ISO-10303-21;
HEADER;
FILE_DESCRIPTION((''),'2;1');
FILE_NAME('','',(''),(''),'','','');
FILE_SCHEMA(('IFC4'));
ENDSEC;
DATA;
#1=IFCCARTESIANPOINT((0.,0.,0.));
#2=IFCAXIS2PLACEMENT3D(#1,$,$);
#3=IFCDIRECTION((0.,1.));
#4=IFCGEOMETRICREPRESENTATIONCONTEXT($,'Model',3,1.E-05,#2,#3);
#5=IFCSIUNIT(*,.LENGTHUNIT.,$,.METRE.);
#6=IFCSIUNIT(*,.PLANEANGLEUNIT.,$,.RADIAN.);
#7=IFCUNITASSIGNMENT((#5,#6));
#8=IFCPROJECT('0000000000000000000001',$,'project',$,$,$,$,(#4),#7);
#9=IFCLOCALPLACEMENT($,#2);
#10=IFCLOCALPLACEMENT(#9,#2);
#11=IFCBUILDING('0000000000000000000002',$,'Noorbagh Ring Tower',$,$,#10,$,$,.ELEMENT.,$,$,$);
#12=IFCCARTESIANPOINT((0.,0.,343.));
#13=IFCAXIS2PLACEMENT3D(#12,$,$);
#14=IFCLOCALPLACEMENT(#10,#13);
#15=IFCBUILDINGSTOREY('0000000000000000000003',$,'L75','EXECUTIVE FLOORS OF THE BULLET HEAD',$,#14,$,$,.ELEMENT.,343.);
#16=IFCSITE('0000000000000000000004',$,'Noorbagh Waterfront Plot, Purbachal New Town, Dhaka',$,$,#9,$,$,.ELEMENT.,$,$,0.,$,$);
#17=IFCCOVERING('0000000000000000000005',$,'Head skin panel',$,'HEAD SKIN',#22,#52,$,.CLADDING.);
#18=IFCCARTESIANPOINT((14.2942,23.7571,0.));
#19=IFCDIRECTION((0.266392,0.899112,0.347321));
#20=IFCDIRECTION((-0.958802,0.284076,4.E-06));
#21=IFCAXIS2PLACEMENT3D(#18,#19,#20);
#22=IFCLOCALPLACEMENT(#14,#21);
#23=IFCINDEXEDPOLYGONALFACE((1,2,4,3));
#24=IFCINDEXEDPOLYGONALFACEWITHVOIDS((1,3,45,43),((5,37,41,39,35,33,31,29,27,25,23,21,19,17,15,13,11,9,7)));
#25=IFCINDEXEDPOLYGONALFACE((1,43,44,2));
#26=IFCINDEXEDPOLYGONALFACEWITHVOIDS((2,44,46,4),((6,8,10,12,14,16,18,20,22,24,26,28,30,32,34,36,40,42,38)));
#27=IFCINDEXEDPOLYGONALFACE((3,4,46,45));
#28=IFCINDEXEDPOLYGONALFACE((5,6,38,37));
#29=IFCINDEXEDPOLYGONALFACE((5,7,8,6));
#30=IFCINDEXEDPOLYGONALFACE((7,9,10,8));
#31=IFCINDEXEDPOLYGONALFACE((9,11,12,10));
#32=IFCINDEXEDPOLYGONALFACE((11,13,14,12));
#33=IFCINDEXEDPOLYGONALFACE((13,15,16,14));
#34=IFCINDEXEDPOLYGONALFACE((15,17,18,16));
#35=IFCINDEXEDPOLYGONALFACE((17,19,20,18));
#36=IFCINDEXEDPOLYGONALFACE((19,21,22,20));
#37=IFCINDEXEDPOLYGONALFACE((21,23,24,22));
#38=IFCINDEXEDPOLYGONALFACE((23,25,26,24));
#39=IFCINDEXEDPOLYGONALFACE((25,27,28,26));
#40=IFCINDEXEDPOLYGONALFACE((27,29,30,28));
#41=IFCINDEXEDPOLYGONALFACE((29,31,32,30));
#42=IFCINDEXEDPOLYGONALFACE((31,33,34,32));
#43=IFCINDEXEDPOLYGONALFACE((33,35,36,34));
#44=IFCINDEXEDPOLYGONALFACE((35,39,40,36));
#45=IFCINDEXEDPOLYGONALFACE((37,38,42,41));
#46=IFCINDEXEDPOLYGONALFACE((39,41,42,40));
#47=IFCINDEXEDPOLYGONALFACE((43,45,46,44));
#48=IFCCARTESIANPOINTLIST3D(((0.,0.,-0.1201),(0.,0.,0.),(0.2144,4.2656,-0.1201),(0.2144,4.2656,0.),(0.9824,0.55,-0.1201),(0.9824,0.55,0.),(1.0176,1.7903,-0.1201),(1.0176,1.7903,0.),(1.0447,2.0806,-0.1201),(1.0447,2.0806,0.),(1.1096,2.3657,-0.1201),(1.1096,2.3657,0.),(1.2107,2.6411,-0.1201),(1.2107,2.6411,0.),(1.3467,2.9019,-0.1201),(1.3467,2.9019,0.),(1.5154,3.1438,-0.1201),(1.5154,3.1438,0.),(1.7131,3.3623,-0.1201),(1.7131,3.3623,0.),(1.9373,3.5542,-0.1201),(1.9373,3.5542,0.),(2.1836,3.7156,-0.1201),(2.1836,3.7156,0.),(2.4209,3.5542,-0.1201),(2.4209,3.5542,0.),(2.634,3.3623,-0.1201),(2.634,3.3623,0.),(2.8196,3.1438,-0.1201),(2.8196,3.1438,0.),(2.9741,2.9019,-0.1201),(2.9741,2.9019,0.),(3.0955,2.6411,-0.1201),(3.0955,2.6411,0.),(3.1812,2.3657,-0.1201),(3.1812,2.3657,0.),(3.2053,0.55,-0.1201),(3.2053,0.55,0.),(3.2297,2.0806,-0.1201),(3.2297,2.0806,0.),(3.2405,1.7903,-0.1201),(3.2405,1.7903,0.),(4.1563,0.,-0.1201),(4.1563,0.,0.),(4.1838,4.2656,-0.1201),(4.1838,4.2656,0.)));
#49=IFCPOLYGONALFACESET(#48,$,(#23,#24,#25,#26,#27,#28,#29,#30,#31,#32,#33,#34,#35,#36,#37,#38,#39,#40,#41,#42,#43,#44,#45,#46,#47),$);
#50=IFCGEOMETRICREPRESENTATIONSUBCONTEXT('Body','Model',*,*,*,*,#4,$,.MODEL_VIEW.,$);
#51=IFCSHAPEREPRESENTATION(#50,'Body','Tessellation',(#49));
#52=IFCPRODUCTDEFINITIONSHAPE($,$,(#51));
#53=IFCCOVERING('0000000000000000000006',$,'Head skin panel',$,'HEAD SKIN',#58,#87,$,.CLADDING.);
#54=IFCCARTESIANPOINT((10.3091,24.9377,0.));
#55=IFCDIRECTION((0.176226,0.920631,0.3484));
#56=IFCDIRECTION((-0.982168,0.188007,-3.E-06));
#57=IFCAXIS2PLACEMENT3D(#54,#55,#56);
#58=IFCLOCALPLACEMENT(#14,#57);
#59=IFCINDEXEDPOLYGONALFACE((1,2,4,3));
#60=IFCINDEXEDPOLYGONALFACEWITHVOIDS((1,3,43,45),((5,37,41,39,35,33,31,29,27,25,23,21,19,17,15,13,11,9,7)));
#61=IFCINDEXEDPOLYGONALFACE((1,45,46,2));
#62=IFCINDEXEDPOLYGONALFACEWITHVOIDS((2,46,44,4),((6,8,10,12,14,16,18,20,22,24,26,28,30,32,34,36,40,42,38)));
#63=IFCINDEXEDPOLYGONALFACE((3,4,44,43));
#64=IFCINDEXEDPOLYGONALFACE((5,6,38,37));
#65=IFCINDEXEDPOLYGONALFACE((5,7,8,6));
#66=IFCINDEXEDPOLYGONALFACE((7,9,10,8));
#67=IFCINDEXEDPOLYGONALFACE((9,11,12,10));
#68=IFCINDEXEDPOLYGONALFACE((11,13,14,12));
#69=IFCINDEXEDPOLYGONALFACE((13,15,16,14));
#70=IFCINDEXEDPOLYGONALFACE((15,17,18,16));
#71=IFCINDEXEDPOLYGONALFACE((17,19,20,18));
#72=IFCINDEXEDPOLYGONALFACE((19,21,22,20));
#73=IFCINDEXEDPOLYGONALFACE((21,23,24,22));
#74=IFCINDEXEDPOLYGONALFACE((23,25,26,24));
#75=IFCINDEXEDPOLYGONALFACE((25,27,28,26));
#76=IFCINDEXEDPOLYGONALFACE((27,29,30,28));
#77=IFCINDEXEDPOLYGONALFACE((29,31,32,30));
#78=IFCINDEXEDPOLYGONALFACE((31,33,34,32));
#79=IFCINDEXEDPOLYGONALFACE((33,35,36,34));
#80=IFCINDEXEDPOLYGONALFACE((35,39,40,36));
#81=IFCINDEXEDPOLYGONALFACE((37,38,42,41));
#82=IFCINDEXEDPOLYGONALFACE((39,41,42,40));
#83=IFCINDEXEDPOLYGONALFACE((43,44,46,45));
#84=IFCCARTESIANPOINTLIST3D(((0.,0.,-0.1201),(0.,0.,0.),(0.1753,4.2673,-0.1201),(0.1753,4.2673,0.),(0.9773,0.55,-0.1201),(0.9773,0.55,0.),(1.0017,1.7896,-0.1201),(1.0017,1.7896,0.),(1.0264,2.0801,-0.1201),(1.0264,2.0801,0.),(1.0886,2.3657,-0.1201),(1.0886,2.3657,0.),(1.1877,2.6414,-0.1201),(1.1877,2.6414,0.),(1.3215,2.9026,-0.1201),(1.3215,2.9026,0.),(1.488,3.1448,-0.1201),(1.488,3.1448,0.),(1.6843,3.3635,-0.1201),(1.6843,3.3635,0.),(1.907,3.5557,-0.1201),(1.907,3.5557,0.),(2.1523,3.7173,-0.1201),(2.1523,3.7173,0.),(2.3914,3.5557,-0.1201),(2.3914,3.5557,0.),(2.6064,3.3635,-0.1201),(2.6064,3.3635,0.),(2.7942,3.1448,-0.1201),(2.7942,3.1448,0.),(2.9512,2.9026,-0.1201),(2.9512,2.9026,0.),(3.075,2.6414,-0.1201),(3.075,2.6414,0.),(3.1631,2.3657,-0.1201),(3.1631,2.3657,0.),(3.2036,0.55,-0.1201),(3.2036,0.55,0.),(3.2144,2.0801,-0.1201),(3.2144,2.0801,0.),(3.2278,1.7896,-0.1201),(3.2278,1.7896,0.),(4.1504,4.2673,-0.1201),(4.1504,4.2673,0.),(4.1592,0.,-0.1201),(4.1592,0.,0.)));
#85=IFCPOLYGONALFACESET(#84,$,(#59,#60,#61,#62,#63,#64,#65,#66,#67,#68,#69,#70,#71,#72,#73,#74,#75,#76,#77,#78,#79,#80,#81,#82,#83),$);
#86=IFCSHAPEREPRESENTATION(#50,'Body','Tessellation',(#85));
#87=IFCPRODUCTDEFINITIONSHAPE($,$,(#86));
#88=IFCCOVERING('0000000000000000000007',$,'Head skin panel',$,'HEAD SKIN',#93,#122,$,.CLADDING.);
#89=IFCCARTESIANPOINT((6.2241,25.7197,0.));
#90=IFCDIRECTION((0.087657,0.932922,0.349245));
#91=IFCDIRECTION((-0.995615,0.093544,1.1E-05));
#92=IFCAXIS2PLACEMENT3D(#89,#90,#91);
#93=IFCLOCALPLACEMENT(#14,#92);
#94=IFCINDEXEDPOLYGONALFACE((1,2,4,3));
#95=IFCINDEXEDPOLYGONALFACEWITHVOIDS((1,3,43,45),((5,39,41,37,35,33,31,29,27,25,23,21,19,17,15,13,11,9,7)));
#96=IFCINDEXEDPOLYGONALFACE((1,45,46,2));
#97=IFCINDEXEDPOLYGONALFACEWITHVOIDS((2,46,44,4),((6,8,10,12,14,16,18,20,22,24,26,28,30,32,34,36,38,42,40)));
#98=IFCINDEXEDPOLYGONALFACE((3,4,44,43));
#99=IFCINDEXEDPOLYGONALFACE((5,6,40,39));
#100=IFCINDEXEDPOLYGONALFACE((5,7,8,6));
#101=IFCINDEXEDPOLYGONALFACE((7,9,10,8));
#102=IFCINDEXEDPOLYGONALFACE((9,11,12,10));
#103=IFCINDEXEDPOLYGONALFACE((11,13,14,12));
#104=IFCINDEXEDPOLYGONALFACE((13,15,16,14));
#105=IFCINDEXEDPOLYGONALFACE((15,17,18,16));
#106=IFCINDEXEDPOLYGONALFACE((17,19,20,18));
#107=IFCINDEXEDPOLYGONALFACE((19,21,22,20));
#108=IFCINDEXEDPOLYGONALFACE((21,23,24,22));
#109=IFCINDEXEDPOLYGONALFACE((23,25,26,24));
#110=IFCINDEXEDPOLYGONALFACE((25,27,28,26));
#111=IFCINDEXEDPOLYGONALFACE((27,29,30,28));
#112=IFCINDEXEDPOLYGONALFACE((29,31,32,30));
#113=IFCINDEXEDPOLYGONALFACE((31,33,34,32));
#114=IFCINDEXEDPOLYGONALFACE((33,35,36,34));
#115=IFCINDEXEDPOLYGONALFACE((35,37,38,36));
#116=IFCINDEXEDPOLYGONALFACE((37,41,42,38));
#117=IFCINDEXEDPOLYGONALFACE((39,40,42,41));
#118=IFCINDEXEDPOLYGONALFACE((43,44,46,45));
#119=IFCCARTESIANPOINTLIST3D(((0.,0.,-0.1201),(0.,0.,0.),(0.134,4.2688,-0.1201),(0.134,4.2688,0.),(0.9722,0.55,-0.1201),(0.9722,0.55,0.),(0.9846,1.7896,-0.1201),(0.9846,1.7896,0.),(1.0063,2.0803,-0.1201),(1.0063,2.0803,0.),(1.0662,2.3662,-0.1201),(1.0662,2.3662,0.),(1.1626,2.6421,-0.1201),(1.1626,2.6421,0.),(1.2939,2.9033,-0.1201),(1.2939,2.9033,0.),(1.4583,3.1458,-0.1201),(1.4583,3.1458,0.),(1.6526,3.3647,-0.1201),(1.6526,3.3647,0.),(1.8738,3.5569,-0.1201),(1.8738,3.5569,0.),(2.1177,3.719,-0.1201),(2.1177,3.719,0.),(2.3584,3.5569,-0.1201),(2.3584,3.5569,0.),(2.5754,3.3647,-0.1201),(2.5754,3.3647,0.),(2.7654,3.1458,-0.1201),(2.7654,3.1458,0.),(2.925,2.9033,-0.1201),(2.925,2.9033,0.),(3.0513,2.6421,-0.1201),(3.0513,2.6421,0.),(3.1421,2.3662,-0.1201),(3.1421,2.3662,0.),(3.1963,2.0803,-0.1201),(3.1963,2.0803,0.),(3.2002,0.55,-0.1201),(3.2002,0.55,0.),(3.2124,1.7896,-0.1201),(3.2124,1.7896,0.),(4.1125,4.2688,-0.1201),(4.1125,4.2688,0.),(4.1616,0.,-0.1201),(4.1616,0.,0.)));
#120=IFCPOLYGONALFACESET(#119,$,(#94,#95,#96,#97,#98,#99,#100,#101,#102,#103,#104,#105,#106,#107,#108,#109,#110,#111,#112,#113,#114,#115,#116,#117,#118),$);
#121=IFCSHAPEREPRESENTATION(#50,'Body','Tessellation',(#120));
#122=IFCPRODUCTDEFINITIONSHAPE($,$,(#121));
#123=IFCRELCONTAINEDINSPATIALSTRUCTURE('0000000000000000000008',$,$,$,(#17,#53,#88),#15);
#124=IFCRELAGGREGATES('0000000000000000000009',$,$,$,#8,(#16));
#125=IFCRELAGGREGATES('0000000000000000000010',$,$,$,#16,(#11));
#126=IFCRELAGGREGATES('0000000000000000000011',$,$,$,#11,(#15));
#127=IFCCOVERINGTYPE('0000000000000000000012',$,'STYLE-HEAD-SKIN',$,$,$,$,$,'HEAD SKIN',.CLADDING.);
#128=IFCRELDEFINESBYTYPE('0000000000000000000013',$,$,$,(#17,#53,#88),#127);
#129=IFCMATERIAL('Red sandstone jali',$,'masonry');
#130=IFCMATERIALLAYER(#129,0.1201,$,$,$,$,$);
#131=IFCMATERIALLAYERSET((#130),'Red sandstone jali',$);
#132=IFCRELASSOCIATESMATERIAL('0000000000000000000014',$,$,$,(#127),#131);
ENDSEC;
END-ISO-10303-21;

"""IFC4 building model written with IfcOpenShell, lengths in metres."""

from ifc_helpers import new_model, si_unit, direction, frame, origin, place, context, subcontext, project, spatial, polyline, outline, extrude, material, layer, layer_set, type_object, element, save


model = new_model("IFC4")

# Units and contexts
model_context = context("Model", 3, precision=1e-05, world=origin(), true_north=direction((0.0, 1.0)))
body_context = subcontext(model_context, "Body", "Model", "MODEL_VIEW")
ifc_project = project(units=[si_unit("LENGTHUNIT", "METRE"), si_unit("PLANEANGLEUNIT", "RADIAN")], contexts=[model_context])

# Site, building, storey
site_placement = place(None, origin())
site = spatial("IfcSite", under=ifc_project, at=site_placement, Name="Noorbagh Waterfront Plot, Purbachal New Town, Dhaka", CompositionType="ELEMENT", RefElevation=0.0)
building_placement = place(site_placement, origin())
building = spatial("IfcBuilding", under=site, at=building_placement, Name="Noorbagh Ring Tower", CompositionType="ELEMENT")
storey_placement = place(building_placement, frame((0.0, 0.0, 343.0)))
storey = spatial("IfcBuildingStorey", under=building, at=storey_placement, Name="L75", Description="EXECUTIVE FLOORS OF THE BULLET HEAD", CompositionType="ELEMENT", Elevation=343.0)

# Coverings
ifc_material_1 = material(Name="Red sandstone jali", Category="masonry")
ifc_layer_1 = layer(ifc_material_1, 0.1201)
ifc_layer_set_1 = layer_set([ifc_layer_1], Name="Red sandstone jali")
covering_type_1 = type_object("IfcCoveringType", Name="STYLE-HEAD-SKIN", ElementType="HEAD SKIN", PredefinedType="CLADDING", material=ifc_layer_set_1)
covering_1_placement = place(storey_placement, frame((14.2942, 23.7571, 0.0), z_axis=(0.266392, 0.899112, 0.347321), x_axis=(-0.958802, 0.284076, 0.000004)))
element("IfcCovering", 1, at=covering_1_placement, inside=storey, type_object=covering_type_1, Name="Head skin panel", ObjectType="HEAD SKIN", PredefinedType="CLADDING", context=body_context, shape_type="SweptSolid", body=[
    extrude(outline(polyline([(0.0, 0.0), (4.1562, 0.0), (4.1838, 4.2656), (0.2144, 4.2656), (0.0, 0.0)]), holes=[polyline([(0.9824, 0.55), (1.0176, 1.7903), (1.0447, 2.0806), (1.1096, 2.3657), (1.2107, 2.6411), (1.3467, 2.9019), (1.5154, 3.1438), (1.7131, 3.3623), (1.9373, 3.5542), (2.1836, 3.7156), (2.4209, 3.5542), (2.634, 3.3623), (2.8196, 3.1438), (2.9741, 2.9019), (3.0955, 2.6411), (3.1812, 2.3657), (3.2297, 2.0806), (3.2405, 1.7903), (3.2053, 0.55), (0.9824, 0.55)])]), origin(), (0.0, 0.0, -1.0), 0.1201),
])
covering_2_placement = place(storey_placement, frame((10.3091, 24.9377, 0.0), z_axis=(0.176226, 0.920631, 0.3484), x_axis=(-0.982168, 0.188007, -0.000003)))
element("IfcCovering", 2, at=covering_2_placement, inside=storey, type_object=covering_type_1, Name="Head skin panel", ObjectType="HEAD SKIN", PredefinedType="CLADDING", context=body_context, shape_type="SweptSolid", body=[
    extrude(outline(polyline([(0.0, 0.0), (4.1592, 0.0), (4.1504, 4.2673), (0.1753, 4.2673), (0.0, 0.0)]), holes=[polyline([(0.9773, 0.55), (1.0017, 1.7896), (1.0264, 2.0801), (1.0886, 2.3657), (1.1877, 2.6414), (1.3215, 2.9026), (1.488, 3.1448), (1.6843, 3.3635), (1.907, 3.5557), (2.1523, 3.7173), (2.3914, 3.5557), (2.6064, 3.3635), (2.7942, 3.1448), (2.9512, 2.9026), (3.075, 2.6414), (3.1631, 2.3657), (3.2144, 2.0801), (3.2278, 1.7896), (3.2036, 0.55), (0.9773, 0.55)])]), origin(), (0.0, 0.0, -1.0), 0.1201),
])
covering_3_placement = place(storey_placement, frame((6.2241, 25.7197, 0.0), z_axis=(0.087657, 0.932922, 0.349245), x_axis=(-0.995615, 0.093544, 0.000011)))
element("IfcCovering", 3, at=covering_3_placement, inside=storey, type_object=covering_type_1, Name="Head skin panel", ObjectType="HEAD SKIN", PredefinedType="CLADDING", context=body_context, shape_type="SweptSolid", body=[
    extrude(outline(polyline([(0.0, 0.0), (4.1616, 0.0), (4.1125, 4.2688), (0.134, 4.2688), (0.0, 0.0)]), holes=[polyline([(0.9722, 0.55), (0.9846, 1.7896), (1.0063, 2.0803), (1.0662, 2.3662), (1.1626, 2.6421), (1.2939, 2.9033), (1.4583, 3.1458), (1.6526, 3.3647), (1.8738, 3.5569), (2.1177, 3.719), (2.3584, 3.5569), (2.5754, 3.3647), (2.7654, 3.1458), (2.925, 2.9033), (3.0513, 2.6421), (3.1421, 2.3662), (3.1963, 2.0803), (3.2124, 1.7896), (3.2002, 0.55), (0.9722, 0.55)])]), origin(), (0.0, 0.0, -1.0), 0.1201),
])

save(model, "model.ifc")
